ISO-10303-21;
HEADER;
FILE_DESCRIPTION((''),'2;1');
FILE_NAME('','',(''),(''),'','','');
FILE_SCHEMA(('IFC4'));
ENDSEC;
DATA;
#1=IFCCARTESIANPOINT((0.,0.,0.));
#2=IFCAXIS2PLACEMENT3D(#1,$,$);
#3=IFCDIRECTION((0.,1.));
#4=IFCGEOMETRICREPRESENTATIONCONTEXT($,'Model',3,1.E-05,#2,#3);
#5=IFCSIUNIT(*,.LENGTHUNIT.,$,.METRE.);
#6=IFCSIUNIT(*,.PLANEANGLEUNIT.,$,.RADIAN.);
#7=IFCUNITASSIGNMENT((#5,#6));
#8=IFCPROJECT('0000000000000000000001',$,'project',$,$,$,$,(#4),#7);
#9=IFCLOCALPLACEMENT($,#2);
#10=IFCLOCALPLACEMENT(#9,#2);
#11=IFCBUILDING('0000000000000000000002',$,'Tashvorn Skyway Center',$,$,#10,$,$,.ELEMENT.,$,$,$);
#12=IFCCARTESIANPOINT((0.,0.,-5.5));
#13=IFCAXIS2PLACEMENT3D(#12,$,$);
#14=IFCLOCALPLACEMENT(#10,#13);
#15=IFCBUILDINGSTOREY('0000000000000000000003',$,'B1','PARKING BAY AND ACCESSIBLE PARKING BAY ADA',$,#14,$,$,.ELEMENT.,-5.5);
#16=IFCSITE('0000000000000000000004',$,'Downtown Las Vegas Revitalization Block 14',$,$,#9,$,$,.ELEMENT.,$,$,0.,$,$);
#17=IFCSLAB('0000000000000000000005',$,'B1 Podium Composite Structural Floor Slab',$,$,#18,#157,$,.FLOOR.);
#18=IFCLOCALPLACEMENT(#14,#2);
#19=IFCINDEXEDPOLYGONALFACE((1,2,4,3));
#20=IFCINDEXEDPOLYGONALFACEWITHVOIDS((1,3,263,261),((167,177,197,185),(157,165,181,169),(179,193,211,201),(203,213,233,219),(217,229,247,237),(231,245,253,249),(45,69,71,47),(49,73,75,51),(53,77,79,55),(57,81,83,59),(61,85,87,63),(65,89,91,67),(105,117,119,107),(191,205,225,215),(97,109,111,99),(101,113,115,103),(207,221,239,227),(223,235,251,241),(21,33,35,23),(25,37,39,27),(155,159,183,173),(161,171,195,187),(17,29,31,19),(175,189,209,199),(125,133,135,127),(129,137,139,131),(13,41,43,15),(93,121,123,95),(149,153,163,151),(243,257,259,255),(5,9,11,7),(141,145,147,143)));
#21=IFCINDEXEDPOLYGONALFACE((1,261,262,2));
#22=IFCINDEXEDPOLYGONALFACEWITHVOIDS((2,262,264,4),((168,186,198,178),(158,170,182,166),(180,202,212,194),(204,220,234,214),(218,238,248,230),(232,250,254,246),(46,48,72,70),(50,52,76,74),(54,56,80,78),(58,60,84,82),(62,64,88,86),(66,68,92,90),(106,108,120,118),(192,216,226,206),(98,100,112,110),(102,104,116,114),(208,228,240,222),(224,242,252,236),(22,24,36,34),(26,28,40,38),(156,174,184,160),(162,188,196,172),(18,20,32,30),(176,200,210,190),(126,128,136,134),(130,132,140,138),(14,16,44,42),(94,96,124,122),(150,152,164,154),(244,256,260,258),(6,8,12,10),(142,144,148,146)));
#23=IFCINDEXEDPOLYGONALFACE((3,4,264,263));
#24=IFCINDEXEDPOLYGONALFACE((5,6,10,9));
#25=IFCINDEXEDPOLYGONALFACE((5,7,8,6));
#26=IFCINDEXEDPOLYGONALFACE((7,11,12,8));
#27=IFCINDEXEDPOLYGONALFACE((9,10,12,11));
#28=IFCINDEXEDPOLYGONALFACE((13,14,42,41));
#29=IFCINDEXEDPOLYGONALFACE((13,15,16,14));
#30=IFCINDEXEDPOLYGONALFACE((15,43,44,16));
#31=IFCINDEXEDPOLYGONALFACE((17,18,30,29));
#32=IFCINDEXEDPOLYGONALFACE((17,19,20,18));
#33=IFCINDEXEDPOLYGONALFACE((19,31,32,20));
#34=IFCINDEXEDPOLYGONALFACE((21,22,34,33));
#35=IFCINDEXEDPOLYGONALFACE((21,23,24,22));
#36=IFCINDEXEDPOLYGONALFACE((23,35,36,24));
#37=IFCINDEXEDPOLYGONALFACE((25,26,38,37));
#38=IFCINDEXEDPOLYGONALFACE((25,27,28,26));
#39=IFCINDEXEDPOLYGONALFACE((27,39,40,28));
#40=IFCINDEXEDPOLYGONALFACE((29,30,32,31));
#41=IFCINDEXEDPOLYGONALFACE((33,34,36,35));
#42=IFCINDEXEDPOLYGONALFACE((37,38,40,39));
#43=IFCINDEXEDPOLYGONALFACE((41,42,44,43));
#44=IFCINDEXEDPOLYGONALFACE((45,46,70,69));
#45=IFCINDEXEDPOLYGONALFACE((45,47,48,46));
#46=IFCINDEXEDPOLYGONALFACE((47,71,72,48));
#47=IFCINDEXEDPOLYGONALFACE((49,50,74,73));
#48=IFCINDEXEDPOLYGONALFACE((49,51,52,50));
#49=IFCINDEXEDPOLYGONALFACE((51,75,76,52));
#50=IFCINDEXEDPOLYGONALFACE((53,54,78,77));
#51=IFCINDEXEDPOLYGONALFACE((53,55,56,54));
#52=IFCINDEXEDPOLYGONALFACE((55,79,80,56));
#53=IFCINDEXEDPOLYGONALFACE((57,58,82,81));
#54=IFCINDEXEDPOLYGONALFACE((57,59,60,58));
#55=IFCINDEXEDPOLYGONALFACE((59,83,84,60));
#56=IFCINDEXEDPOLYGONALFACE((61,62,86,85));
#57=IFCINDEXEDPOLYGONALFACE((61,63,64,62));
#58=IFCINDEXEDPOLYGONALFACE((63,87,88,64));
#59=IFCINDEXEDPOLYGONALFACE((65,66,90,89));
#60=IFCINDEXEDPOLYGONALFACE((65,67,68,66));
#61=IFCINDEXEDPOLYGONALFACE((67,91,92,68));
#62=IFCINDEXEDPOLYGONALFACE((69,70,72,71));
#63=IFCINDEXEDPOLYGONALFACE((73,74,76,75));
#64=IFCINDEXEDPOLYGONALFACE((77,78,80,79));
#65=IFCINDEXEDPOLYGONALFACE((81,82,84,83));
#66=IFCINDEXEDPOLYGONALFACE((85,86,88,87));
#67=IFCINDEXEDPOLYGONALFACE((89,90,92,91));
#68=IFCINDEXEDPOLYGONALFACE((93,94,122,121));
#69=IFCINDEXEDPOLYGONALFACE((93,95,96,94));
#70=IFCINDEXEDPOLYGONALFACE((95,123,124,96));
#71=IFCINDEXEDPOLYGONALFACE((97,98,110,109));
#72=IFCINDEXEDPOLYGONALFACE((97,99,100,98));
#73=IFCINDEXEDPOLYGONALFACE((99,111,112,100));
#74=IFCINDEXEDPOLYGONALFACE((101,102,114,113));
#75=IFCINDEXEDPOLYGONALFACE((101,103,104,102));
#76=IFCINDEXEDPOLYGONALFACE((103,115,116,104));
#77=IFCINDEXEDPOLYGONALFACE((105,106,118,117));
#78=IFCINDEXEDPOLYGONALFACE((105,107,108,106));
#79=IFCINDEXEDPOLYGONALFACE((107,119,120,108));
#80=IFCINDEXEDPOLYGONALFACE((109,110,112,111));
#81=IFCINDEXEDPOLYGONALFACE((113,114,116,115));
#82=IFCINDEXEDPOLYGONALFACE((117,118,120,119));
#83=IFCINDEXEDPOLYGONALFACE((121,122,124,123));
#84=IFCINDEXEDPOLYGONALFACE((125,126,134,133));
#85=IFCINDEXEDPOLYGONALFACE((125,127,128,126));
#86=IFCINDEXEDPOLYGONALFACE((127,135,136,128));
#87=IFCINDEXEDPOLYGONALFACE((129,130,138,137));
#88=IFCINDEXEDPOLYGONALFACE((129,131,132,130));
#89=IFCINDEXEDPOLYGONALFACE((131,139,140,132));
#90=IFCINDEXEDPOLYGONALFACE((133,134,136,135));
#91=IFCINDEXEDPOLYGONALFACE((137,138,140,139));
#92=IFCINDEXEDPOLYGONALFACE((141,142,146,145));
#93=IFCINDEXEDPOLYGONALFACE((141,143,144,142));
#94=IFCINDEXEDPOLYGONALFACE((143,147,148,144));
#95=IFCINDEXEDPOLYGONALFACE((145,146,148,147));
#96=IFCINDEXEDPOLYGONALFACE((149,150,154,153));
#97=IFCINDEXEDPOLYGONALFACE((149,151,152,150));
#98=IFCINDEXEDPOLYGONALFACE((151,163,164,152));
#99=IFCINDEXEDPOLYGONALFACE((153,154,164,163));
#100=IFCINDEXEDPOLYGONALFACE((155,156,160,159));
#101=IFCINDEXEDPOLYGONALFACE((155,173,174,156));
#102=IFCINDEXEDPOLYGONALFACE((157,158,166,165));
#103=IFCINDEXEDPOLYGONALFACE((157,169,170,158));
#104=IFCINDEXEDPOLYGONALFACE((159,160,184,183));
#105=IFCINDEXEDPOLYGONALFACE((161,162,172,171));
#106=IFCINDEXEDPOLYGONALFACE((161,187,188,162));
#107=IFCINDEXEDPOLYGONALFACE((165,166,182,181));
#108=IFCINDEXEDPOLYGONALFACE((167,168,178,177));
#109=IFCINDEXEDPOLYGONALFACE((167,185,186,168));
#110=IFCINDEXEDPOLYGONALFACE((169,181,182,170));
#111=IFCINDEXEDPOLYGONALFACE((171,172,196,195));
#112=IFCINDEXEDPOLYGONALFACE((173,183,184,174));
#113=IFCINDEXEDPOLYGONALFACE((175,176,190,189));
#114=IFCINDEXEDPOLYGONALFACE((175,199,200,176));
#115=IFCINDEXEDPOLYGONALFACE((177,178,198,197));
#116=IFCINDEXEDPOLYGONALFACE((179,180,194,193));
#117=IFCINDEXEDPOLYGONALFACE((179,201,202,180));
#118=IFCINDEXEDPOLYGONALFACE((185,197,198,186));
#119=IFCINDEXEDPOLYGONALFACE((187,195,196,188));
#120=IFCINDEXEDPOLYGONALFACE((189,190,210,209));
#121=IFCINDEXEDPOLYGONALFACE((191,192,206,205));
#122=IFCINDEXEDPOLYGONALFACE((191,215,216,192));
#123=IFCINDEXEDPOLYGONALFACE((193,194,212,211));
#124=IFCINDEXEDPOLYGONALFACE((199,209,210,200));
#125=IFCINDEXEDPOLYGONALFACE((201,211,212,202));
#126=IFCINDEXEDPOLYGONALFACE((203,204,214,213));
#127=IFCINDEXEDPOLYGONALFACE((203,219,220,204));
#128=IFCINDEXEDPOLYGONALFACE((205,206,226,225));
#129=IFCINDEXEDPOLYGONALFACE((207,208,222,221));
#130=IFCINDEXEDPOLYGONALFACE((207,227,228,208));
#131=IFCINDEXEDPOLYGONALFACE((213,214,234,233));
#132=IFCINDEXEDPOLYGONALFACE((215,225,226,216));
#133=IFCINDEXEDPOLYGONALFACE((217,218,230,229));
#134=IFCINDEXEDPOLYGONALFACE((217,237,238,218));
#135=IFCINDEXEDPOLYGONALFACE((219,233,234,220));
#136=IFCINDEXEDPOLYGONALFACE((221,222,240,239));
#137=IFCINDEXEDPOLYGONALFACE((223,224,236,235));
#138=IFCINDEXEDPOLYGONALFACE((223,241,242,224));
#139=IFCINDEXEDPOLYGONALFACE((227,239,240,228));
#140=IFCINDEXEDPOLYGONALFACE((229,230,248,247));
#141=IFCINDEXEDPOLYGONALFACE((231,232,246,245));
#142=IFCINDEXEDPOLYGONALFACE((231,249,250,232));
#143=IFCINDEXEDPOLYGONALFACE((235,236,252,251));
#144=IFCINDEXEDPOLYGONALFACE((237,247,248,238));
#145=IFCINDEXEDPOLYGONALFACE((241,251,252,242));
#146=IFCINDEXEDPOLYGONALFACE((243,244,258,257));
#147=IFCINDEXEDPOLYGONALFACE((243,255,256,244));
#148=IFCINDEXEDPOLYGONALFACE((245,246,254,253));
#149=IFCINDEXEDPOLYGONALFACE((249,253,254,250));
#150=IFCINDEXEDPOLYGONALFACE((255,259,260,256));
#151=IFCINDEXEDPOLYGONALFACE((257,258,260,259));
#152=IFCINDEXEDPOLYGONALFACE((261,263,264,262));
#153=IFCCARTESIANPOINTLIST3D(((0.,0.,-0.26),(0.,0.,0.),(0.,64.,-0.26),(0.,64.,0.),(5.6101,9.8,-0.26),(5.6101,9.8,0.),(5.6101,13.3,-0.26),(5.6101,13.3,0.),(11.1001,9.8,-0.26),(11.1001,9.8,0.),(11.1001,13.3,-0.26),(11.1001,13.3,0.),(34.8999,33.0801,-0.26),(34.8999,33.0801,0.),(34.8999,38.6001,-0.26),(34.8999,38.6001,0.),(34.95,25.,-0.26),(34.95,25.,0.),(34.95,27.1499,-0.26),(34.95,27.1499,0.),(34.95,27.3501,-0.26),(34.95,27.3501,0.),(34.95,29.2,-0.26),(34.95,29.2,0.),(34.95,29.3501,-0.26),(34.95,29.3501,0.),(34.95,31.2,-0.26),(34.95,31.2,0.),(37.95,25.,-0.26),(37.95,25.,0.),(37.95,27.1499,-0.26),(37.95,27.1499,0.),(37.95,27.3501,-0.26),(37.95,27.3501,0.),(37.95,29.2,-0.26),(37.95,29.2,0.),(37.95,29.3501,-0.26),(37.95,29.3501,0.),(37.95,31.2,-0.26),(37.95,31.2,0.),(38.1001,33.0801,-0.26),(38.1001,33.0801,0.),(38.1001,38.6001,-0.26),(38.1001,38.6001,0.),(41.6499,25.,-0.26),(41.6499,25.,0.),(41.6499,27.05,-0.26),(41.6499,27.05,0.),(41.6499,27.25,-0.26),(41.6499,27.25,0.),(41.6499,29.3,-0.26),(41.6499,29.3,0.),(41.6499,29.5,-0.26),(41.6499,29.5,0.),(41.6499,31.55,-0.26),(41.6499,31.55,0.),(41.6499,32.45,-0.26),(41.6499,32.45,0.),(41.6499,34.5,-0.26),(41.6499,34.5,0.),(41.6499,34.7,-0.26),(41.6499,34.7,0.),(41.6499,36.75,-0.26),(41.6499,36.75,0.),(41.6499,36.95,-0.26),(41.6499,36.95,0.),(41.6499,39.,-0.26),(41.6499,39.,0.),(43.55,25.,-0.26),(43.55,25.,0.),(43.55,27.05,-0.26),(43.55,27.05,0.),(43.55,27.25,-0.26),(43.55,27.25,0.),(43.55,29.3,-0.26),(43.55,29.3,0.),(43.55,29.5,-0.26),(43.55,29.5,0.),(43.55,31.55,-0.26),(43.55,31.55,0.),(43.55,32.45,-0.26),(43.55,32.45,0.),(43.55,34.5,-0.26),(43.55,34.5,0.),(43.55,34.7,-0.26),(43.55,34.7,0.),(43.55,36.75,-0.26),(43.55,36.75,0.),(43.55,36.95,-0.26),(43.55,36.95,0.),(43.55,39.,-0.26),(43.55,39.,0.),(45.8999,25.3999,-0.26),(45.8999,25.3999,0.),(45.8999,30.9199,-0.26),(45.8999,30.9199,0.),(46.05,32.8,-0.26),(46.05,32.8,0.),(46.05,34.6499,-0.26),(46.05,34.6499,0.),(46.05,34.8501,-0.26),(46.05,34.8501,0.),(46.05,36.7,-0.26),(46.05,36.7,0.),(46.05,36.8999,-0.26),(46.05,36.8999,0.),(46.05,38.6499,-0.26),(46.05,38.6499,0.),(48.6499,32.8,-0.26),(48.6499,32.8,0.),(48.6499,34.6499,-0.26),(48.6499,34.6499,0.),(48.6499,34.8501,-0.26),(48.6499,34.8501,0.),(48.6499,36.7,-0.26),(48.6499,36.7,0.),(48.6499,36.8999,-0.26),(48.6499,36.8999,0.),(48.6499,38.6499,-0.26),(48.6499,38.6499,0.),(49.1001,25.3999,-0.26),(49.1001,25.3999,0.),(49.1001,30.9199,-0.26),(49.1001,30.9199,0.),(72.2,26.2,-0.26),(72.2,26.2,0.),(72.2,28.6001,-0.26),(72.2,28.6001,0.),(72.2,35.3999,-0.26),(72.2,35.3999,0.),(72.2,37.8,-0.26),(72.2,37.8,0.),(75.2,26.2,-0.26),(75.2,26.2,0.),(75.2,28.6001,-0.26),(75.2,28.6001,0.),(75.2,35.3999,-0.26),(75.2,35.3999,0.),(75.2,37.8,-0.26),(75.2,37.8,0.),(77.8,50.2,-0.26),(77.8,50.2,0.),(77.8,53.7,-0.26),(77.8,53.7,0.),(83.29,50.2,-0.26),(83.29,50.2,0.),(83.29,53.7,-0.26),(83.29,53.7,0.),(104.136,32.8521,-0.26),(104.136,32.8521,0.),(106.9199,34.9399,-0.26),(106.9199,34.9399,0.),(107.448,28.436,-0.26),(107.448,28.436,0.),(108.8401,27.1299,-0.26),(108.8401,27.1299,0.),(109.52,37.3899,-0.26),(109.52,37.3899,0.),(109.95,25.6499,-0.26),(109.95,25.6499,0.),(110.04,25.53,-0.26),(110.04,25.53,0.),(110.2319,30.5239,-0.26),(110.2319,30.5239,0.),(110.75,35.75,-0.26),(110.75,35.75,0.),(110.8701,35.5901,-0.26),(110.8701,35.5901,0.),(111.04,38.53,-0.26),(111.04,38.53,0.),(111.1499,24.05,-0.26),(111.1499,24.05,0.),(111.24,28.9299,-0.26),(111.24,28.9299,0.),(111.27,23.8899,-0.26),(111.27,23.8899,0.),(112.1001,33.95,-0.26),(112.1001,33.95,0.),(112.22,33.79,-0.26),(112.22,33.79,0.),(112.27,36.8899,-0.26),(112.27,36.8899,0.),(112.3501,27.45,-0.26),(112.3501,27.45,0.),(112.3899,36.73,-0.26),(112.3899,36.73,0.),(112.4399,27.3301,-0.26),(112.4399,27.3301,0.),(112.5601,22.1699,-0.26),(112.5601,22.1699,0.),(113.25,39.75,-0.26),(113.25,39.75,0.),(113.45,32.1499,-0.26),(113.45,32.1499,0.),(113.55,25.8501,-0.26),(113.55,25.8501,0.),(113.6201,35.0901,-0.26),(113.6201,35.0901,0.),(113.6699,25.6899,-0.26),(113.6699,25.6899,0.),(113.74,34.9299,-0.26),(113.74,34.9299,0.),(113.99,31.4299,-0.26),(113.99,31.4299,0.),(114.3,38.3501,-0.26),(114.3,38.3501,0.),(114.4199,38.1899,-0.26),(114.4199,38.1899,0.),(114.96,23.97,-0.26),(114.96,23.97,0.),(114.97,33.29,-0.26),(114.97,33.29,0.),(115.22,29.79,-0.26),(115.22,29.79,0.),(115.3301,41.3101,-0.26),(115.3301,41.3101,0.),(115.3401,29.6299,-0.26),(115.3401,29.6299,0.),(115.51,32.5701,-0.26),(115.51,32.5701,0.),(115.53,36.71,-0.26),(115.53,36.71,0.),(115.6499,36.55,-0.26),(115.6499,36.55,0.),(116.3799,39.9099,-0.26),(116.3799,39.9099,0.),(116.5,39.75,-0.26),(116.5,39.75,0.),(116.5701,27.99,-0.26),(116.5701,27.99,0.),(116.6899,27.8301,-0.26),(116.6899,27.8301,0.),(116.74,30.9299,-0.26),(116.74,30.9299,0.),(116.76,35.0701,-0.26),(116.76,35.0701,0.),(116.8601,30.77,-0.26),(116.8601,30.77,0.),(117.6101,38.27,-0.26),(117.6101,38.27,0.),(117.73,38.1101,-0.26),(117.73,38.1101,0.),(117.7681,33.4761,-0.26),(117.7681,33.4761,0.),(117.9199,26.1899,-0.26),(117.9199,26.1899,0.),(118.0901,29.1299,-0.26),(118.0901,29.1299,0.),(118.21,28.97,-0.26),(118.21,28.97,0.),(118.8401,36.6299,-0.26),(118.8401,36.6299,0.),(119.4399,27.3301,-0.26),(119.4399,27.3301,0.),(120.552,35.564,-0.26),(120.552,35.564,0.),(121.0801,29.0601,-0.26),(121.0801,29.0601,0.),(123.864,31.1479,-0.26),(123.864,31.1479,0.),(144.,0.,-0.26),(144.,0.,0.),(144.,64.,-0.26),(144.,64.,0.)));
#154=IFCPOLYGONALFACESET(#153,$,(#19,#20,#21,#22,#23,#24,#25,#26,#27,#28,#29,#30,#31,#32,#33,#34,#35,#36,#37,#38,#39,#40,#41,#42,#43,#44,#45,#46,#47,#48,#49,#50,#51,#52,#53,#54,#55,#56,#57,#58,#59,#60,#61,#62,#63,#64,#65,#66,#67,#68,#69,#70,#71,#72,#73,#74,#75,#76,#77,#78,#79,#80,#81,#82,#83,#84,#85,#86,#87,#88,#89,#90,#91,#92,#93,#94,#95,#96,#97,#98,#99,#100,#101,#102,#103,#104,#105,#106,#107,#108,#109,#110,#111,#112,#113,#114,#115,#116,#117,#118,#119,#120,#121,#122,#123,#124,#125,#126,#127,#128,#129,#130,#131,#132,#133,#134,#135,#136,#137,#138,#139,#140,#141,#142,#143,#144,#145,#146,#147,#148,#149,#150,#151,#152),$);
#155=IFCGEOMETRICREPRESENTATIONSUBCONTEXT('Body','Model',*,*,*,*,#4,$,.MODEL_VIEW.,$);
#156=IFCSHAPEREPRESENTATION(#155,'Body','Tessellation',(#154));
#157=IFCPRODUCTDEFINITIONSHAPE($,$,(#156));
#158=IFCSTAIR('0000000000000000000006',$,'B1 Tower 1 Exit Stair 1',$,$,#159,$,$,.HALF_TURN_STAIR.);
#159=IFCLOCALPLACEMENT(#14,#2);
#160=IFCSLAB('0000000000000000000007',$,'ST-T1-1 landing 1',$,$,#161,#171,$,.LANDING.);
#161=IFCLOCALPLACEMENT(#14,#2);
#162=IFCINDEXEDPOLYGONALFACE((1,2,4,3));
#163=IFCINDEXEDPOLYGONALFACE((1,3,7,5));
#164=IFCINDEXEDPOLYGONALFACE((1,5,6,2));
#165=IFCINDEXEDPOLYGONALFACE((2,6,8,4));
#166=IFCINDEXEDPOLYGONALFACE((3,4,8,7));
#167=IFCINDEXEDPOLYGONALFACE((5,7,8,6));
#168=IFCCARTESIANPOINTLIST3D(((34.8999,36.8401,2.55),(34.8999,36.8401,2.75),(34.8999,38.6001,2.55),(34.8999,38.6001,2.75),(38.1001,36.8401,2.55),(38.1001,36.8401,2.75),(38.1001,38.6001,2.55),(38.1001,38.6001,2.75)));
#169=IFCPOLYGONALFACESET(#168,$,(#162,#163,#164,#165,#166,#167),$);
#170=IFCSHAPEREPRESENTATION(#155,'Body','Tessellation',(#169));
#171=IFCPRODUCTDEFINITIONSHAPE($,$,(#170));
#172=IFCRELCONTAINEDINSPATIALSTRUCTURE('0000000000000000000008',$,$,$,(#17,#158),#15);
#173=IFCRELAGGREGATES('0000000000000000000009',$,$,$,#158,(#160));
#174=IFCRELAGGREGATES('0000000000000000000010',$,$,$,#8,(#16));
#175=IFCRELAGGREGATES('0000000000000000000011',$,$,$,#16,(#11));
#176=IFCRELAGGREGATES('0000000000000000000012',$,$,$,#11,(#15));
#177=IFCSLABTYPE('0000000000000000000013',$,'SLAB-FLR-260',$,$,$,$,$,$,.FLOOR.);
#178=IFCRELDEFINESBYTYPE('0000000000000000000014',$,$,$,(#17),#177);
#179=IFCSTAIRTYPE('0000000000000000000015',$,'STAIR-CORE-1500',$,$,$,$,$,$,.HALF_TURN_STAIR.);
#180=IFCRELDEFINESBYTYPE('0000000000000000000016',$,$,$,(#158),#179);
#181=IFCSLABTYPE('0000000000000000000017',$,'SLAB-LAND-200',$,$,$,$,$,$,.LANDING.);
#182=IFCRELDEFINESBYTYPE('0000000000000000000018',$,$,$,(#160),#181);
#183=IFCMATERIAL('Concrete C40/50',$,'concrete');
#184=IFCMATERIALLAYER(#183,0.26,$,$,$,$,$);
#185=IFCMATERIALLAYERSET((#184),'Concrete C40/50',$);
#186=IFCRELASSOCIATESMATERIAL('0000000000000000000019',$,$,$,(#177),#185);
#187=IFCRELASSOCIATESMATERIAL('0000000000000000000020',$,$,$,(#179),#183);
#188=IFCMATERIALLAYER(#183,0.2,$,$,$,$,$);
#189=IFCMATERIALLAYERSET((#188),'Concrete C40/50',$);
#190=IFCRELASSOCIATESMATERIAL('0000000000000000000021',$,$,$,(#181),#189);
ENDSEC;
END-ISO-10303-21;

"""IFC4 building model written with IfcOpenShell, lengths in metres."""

from ifc_helpers import new_model, si_unit, direction, frame, origin, place, context, subcontext, project, spatial, polyline, outline, extrude, material, layer, layer_set, type_object, element, aggregate, save


model = new_model("IFC4")

# Units and contexts
model_context = context("Model", 3, precision=1e-05, world=origin(), true_north=direction((0.0, 1.0)))
body_context = subcontext(model_context, "Body", "Model", "MODEL_VIEW")
ifc_project = project(units=[si_unit("LENGTHUNIT", "METRE"), si_unit("PLANEANGLEUNIT", "RADIAN")], contexts=[model_context])

# Site, building, storey
site_placement = place(None, origin())
site = spatial("IfcSite", under=ifc_project, at=site_placement, Name="Downtown Las Vegas Revitalization Block 14", CompositionType="ELEMENT", RefElevation=0.0)
building_placement = place(site_placement, origin())
building = spatial("IfcBuilding", under=site, at=building_placement, Name="Tashvorn Skyway Center", CompositionType="ELEMENT")
storey_placement = place(building_placement, frame((0.0, 0.0, -5.5)))
storey = spatial("IfcBuildingStorey", under=building, at=storey_placement, Name="B1", Description="PARKING BAY AND ACCESSIBLE PARKING BAY ADA", CompositionType="ELEMENT", Elevation=-5.5)

# Slab
ifc_material_1 = material(Name="Concrete C40/50", Category="concrete")
ifc_layer_1 = layer(ifc_material_1, 0.26)
ifc_layer_set_1 = layer_set([ifc_layer_1], Name="Concrete C40/50")
slab_type_1 = type_object("IfcSlabType", Name="SLAB-FLR-260", PredefinedType="FLOOR", material=ifc_layer_set_1)
slab_1_placement = place(storey_placement, frame((0.0, 0.0, -0.26)))
element("IfcSlab", 1, at=slab_1_placement, inside=storey, type_object=slab_type_1, Name="B1 Podium Composite Structural Floor Slab", PredefinedType="FLOOR", context=body_context, shape_type="SweptSolid", body=[
    extrude(outline(polyline([(0.0, 0.0), (144.0, 0.0), (144.0, 64.0), (0.0, 64.0), (0.0, 0.0)]), holes=[polyline([(38.1001, 33.0801), (38.1001, 38.6001), (34.8999, 38.6001), (34.8999, 33.0801), (38.1001, 33.0801)]), polyline([(45.8999, 30.9199), (45.8999, 25.3999), (49.1001, 25.3999), (49.1001, 30.9199), (45.8999, 30.9199)]), polyline([(110.2319, 30.5239), (106.9199, 34.9399), (104.136, 32.8521), (107.448, 28.436), (110.2319, 30.5239)]), polyline([(117.7681, 33.4761), (121.0801, 29.0601), (123.864, 31.1479), (120.552, 35.564), (117.7681, 33.4761)]), polyline([(5.6101, 9.8), (11.1001, 9.8), (11.1001, 13.3), (5.6101, 13.3), (5.6101, 9.8)]), polyline([(83.29, 53.7), (77.8, 53.7), (77.8, 50.2), (83.29, 50.2), (83.29, 53.7)]), polyline([(34.95, 29.3501), (37.95, 29.3501), (37.95, 31.2), (34.95, 31.2), (34.95, 29.3501)]), polyline([(34.95, 27.3501), (37.95, 27.3501), (37.95, 29.2), (34.95, 29.2), (34.95, 27.3501)]), polyline([(34.95, 25.0), (37.95, 25.0), (37.95, 27.1499), (34.95, 27.1499), (34.95, 25.0)]), polyline([(41.6499, 25.0), (43.55, 25.0), (43.55, 27.05), (41.6499, 27.05), (41.6499, 25.0)]), polyline([(41.6499, 27.25), (43.55, 27.25), (43.55, 29.3), (41.6499, 29.3), (41.6499, 27.25)]), polyline([(41.6499, 29.5), (43.55, 29.5), (43.55, 31.55), (41.6499, 31.55), (41.6499, 29.5)]), polyline([(41.6499, 32.45), (43.55, 32.45), (43.55, 34.5), (41.6499, 34.5), (41.6499, 32.45)]), polyline([(41.6499, 34.7), (43.55, 34.7), (43.55, 36.75), (41.6499, 36.75), (41.6499, 34.7)]), polyline([(41.6499, 36.95), (43.55, 36.95), (43.55, 39.0), (41.6499, 39.0), (41.6499, 36.95)]), polyline([(46.05, 32.8), (48.6499, 32.8), (48.6499, 34.6499), (46.05, 34.6499), (46.05, 32.8)]), polyline([(46.05, 34.8501), (48.6499, 34.8501), (48.6499, 36.7), (46.05, 36.7), (46.05, 34.8501)]), polyline([(46.05, 36.8999), (48.6499, 36.8999), (48.6499, 38.6499), (46.05, 38.6499), (46.05, 36.8999)]), polyline([(109.95, 25.6499), (112.3501, 27.45), (111.24, 28.9299), (108.8401, 27.1299), (109.95, 25.6499)]), polyline([(111.1499, 24.05), (113.55, 25.8501), (112.4399, 27.3301), (110.04, 25.53), (111.1499, 24.05)]), polyline([(112.5601, 22.1699), (114.96, 23.97), (113.6699, 25.6899), (111.27, 23.8899), (112.5601, 22.1699)]), polyline([(117.9199, 26.1899), (119.4399, 27.3301), (118.21, 28.97), (116.6899, 27.8301), (117.9199, 26.1899)]), polyline([(116.5701, 27.99), (118.0901, 29.1299), (116.8601, 30.77), (115.3401, 29.6299), (116.5701, 27.99)]), polyline([(115.22, 29.79), (116.74, 30.9299), (115.51, 32.5701), (113.99, 31.4299), (115.22, 29.79)]), polyline([(113.45, 32.1499), (114.97, 33.29), (113.74, 34.9299), (112.22, 33.79), (113.45, 32.1499)]), polyline([(112.1001, 33.95), (113.6201, 35.0901), (112.3899, 36.73), (110.8701, 35.5901), (112.1001, 33.95)]), polyline([(110.75, 35.75), (112.27, 36.8899), (111.04, 38.53), (109.52, 37.3899), (110.75, 35.75)]), polyline([(116.76, 35.0701), (118.8401, 36.6299), (117.73, 38.1101), (115.6499, 36.55), (116.76, 35.0701)]), polyline([(115.53, 36.71), (117.6101, 38.27), (116.5, 39.75), (114.4199, 38.1899), (115.53, 36.71)]), polyline([(114.3, 38.3501), (116.3799, 39.9099), (115.3301, 41.3101), (113.25, 39.75), (114.3, 38.3501)]), polyline([(72.2, 26.2), (75.2, 26.2), (75.2, 28.6001), (72.2, 28.6001), (72.2, 26.2)]), polyline([(72.2, 35.3999), (75.2, 35.3999), (75.2, 37.8), (72.2, 37.8), (72.2, 35.3999)])]), origin(), (0.0, 0.0, 1.0), 0.26),
])

# Stair, slab
stair_type_1 = type_object("IfcStairType", Name="STAIR-CORE-1500", PredefinedType="HALF_TURN_STAIR", material=ifc_material_1)
stair_1_placement = place(storey_placement, origin())
stair_1 = element("IfcStair", 2, at=stair_1_placement, inside=storey, type_object=stair_type_1, Name="B1 Tower 1 Exit Stair 1", PredefinedType="HALF_TURN_STAIR")
ifc_layer_2 = layer(ifc_material_1, 0.2)
ifc_layer_set_2 = layer_set([ifc_layer_2], Name="Concrete C40/50")
slab_type_2 = type_object("IfcSlabType", Name="SLAB-LAND-200", PredefinedType="LANDING", material=ifc_layer_set_2)
slab_2_placement = place(storey_placement, frame((0.0, 0.0, 2.55)))
slab_2 = element("IfcSlab", 3, at=slab_2_placement, type_object=slab_type_2, Name="ST-T1-1 landing 1", PredefinedType="LANDING", context=body_context, shape_type="SweptSolid", body=[
    extrude(outline(polyline([(38.1001, 36.8401), (38.1001, 38.6001), (34.8999, 38.6001), (34.8999, 36.8401), (38.1001, 36.8401)])), origin(), (0.0, 0.0, 1.0), 0.2),
])
aggregate(stair_1, [slab_2])

save(model, "model.ifc")
